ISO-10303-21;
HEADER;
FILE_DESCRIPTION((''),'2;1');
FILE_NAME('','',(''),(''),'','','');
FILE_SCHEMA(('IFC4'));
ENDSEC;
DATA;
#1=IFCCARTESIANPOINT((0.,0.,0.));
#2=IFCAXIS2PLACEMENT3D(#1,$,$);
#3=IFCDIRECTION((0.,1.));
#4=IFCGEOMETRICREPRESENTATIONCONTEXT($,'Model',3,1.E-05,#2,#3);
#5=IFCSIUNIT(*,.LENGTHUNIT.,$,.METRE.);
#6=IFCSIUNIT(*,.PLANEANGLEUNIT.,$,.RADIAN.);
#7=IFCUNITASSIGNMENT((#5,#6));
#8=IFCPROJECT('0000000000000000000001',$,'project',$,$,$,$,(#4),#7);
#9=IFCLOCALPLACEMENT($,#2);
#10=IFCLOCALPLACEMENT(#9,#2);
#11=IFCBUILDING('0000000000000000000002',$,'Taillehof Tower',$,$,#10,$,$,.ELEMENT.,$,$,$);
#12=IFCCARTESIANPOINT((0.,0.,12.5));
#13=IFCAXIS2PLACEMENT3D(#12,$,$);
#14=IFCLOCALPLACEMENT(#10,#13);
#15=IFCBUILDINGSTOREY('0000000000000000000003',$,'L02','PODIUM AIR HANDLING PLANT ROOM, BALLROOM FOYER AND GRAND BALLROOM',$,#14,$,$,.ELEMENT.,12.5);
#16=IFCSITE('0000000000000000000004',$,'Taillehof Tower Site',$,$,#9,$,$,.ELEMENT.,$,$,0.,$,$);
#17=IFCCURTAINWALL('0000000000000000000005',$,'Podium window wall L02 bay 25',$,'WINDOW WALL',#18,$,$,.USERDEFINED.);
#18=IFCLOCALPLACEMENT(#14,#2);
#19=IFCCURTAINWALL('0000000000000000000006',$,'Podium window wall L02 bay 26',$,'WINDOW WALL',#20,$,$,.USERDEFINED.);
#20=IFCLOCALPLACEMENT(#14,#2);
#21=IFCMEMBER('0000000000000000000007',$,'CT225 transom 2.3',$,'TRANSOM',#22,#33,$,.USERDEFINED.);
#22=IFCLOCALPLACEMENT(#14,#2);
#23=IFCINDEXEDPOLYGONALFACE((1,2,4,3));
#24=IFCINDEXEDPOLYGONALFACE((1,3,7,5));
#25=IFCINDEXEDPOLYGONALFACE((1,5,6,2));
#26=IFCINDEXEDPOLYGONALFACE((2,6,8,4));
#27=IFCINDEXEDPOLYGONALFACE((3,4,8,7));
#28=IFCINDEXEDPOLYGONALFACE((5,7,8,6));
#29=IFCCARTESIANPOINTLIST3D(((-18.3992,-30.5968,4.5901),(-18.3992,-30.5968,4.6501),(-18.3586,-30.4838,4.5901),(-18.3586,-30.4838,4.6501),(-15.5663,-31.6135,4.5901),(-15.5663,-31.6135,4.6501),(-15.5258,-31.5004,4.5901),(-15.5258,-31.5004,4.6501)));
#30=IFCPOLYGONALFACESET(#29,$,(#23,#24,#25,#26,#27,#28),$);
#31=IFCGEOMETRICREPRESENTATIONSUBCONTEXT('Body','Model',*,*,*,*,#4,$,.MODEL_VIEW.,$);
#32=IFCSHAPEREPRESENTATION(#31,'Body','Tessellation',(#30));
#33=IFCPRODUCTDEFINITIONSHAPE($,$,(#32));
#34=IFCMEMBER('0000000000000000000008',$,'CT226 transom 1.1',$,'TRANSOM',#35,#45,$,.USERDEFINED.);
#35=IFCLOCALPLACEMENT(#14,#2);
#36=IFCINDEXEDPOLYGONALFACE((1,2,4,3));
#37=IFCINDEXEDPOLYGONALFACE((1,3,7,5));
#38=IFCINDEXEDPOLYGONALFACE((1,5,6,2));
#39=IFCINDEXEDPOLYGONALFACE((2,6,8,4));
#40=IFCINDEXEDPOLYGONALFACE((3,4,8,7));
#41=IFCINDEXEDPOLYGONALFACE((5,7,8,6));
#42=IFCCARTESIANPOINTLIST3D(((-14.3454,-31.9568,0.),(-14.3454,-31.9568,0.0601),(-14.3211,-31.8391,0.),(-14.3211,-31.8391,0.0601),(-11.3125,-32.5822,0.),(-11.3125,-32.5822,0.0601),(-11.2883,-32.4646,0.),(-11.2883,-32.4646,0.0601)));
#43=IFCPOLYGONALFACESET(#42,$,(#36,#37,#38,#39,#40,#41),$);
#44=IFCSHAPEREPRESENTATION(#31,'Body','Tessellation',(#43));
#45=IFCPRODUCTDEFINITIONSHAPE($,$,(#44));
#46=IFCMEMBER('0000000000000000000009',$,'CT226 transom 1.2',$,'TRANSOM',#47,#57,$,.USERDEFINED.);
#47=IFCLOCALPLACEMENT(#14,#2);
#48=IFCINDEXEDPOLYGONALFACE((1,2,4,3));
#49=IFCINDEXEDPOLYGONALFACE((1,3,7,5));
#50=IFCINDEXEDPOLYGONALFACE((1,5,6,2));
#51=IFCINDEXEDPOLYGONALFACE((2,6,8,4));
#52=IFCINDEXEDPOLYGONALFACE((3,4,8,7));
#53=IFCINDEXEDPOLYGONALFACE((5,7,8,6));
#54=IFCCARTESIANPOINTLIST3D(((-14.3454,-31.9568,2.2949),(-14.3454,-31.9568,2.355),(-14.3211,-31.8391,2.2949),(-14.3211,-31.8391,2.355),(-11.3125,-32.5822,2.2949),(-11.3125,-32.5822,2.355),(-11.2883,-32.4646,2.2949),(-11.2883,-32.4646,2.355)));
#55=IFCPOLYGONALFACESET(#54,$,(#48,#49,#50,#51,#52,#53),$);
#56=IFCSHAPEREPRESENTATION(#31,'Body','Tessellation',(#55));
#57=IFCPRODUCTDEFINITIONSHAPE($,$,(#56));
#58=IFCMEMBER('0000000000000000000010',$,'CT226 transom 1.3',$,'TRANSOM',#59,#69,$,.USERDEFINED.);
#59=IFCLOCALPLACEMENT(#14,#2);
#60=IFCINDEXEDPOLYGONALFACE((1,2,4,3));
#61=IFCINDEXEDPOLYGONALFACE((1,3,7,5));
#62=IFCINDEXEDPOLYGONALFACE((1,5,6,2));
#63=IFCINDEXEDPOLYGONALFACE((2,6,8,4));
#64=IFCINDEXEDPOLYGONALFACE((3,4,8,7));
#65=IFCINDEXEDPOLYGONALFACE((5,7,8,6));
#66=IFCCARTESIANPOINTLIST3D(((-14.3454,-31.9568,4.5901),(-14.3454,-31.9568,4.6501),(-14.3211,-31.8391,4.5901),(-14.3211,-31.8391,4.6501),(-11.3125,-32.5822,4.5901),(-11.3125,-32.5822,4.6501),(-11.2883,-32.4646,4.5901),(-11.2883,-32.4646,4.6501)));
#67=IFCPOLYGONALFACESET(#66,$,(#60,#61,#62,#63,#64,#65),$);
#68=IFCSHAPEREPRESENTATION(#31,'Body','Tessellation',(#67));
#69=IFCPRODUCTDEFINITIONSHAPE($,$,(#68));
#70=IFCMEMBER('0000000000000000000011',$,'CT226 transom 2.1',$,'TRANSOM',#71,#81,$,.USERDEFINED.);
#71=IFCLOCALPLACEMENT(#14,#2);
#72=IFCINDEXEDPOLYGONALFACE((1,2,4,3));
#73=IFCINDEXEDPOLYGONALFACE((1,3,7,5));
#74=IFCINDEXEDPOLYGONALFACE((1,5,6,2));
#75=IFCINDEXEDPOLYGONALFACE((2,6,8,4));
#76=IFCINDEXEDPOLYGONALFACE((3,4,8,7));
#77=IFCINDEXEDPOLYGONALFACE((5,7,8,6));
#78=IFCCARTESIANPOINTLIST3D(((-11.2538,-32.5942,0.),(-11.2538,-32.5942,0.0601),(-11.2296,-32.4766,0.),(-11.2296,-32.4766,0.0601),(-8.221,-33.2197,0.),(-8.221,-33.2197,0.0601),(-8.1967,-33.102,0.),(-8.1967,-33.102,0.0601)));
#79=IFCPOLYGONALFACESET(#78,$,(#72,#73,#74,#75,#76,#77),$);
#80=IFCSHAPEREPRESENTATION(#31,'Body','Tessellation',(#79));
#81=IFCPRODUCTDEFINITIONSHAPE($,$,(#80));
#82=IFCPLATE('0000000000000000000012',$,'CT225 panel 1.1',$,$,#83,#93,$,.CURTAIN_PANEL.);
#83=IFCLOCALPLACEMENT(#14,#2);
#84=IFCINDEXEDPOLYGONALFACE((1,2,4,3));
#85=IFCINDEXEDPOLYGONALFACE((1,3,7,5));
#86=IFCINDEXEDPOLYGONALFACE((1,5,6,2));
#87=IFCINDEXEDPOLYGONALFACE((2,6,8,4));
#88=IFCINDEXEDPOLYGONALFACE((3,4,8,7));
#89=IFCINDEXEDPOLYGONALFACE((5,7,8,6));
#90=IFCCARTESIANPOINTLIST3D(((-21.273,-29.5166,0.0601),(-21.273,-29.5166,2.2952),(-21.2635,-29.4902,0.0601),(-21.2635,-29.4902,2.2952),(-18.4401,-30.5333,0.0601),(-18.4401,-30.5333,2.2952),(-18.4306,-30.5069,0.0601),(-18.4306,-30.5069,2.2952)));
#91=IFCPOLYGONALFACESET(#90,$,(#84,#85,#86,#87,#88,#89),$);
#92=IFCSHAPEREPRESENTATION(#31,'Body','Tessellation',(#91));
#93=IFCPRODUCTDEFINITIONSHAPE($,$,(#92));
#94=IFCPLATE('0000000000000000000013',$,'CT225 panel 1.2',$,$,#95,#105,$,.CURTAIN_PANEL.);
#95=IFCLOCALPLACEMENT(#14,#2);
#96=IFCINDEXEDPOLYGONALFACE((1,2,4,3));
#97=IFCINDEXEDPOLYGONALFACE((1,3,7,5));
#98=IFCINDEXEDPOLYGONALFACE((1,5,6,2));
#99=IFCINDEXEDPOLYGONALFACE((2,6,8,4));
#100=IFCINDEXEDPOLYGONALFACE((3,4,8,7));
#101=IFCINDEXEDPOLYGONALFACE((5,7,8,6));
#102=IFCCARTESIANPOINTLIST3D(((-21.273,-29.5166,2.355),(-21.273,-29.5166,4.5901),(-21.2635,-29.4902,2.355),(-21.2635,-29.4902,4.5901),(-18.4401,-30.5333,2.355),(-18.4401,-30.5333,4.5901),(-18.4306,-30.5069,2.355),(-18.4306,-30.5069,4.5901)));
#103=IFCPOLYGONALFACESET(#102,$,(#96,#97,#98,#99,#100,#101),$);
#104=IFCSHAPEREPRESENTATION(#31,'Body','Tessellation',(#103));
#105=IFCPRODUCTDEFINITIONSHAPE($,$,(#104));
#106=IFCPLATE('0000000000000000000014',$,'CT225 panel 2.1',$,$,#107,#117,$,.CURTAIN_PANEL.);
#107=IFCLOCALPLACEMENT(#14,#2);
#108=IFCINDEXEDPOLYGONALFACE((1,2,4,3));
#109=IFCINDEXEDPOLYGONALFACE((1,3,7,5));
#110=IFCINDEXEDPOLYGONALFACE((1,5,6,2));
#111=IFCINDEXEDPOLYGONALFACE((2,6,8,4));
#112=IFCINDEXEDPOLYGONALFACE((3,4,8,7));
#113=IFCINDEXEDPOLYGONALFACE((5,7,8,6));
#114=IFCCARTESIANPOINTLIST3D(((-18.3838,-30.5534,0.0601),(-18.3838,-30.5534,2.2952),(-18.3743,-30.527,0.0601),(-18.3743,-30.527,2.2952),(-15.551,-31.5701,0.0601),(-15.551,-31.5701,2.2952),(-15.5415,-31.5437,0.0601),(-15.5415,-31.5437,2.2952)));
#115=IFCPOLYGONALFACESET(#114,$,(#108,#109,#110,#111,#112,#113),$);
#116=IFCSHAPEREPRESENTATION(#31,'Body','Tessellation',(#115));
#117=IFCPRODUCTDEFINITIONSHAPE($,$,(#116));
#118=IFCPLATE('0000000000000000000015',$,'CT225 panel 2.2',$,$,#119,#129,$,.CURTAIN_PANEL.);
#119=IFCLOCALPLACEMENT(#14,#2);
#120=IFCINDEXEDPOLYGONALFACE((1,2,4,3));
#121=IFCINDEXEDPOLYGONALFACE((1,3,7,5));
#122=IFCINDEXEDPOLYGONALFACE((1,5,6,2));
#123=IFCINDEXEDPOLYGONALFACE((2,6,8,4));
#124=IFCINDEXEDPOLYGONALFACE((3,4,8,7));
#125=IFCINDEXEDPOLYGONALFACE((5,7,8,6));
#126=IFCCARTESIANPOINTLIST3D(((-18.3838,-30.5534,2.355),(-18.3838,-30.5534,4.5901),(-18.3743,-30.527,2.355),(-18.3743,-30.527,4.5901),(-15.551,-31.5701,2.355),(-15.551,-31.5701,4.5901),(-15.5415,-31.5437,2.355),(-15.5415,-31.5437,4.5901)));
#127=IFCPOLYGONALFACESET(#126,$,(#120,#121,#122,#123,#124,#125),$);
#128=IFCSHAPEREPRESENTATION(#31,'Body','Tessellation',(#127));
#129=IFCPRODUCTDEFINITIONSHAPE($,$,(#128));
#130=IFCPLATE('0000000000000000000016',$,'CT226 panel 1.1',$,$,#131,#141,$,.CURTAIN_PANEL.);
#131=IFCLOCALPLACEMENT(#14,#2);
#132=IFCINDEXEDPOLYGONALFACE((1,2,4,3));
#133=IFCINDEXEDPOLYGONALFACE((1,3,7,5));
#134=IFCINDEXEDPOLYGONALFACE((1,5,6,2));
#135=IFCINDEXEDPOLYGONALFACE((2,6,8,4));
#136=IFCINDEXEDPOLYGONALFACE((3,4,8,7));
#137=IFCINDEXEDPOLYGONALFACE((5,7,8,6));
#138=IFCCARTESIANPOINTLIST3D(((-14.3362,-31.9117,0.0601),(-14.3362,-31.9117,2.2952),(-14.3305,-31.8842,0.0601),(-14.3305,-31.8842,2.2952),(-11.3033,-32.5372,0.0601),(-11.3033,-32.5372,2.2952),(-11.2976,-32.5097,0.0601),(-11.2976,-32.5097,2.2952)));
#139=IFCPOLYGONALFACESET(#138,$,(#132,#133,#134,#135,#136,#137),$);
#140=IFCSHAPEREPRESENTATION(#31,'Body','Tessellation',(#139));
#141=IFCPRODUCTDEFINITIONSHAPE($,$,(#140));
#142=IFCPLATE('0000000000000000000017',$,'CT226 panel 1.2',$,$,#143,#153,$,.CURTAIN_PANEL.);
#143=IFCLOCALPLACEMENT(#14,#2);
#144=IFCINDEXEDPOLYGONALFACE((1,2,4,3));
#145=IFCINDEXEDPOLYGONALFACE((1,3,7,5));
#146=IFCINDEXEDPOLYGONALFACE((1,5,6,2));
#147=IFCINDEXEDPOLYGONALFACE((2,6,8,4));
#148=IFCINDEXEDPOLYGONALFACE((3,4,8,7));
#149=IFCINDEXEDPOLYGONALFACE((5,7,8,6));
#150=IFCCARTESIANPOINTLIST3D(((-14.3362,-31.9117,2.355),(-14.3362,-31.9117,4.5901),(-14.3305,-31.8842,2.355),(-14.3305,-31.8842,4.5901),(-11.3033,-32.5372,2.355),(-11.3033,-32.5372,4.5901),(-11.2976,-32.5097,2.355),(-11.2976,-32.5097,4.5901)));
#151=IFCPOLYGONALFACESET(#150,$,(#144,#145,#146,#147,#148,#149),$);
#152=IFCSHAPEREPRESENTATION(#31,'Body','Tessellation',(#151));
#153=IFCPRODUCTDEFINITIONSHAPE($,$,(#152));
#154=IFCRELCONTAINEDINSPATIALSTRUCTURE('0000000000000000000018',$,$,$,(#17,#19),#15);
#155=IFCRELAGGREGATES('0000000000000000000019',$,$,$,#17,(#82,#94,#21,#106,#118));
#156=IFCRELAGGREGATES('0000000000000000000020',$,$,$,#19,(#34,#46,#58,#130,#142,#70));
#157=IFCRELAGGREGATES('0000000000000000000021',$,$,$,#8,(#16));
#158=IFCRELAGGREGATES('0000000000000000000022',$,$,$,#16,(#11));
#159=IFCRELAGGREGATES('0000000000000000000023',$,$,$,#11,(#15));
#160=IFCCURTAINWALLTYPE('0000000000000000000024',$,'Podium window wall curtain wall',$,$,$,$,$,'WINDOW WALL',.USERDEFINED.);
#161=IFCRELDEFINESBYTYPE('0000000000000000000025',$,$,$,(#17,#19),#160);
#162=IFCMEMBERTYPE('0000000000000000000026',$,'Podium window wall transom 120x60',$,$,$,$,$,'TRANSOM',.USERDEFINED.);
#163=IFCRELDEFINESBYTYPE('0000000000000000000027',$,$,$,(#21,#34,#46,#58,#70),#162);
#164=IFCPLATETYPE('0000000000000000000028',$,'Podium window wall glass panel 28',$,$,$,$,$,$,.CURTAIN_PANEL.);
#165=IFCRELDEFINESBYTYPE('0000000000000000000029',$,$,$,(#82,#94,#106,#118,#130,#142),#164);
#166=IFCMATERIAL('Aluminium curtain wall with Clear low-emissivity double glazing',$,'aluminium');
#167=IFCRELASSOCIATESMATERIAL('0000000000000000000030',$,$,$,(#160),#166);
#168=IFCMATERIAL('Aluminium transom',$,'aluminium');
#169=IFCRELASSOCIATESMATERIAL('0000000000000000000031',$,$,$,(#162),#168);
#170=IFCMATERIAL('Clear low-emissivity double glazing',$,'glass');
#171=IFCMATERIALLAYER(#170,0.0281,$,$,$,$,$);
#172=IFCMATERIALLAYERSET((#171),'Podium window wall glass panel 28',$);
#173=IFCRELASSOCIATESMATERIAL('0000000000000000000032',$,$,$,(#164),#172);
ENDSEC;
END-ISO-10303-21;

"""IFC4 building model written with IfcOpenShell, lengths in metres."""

from ifc_helpers import new_model, si_unit, direction, frame, origin, origin_2d, place, context, subcontext, project, spatial, rectangle, extrude, material, layer, layer_set, material_profile, profile_set, type_object, element, aggregate, save


model = new_model("IFC4")

# Units and contexts
model_context = context("Model", 3, precision=1e-05, world=origin(), true_north=direction((0.0, 1.0)))
body_context = subcontext(model_context, "Body", "Model", "MODEL_VIEW")
ifc_project = project(units=[si_unit("LENGTHUNIT", "METRE"), si_unit("PLANEANGLEUNIT", "RADIAN")], contexts=[model_context])

# Site, building, storey
site_placement = place(None, origin())
site = spatial("IfcSite", under=ifc_project, at=site_placement, Name="Taillehof Tower Site", CompositionType="ELEMENT", RefElevation=0.0)
building_placement = place(site_placement, origin())
building = spatial("IfcBuilding", under=site, at=building_placement, Name="Taillehof Tower", CompositionType="ELEMENT")
storey_placement = place(building_placement, frame((0.0, 0.0, 12.5)))
storey = spatial("IfcBuildingStorey", under=building, at=storey_placement, Name="L02", Description="PODIUM AIR HANDLING PLANT ROOM, BALLROOM FOYER AND GRAND BALLROOM", CompositionType="ELEMENT", Elevation=12.5)

# Curtain walls
ifc_material_1 = material(Name="Aluminium curtain wall with Clear low-emissivity double glazing", Category="aluminium")
curtain_wall_type = type_object("IfcCurtainWallType", Name="Podium window wall curtain wall", ElementType="WINDOW WALL", PredefinedType="USERDEFINED", material=ifc_material_1)
curtain_wall_1_placement = place(storey_placement, origin())
curtain_wall_1 = element("IfcCurtainWall", 1, at=curtain_wall_1_placement, inside=storey, type_object=curtain_wall_type, Name="Podium window wall L02 bay 25", ObjectType="WINDOW WALL", PredefinedType="USERDEFINED")
curtain_wall_2_placement = place(storey_placement, origin())
curtain_wall_2 = element("IfcCurtainWall", 2, at=curtain_wall_2_placement, inside=storey, type_object=curtain_wall_type, Name="Podium window wall L02 bay 26", ObjectType="WINDOW WALL", PredefinedType="USERDEFINED")

# Members
ifc_material_2 = material(Name="Aluminium transom", Category="aluminium")
ifc_material_profile_1 = material_profile(ifc_material_2, rectangle(XDim=0.1201, YDim=0.0601, at=origin_2d()), Name="AL 120x60")
ifc_profile_set_1 = profile_set([ifc_material_profile_1], Name="Aluminium transom")
member_type_1 = type_object("IfcMemberType", Name="Podium window wall transom 120x60", ElementType="TRANSOM", PredefinedType="USERDEFINED", material=ifc_profile_set_1)
member_1_placement = place(storey_placement, frame((-18.3789, -30.5403, 4.6201), z_axis=(0.941225, -0.33778, 0.0), x_axis=(0.33778, 0.941225, 0.0)))
member_1 = element("IfcMember", 3, at=member_1_placement, type_object=member_type_1, Name="CT225 transom 2.3", ObjectType="TRANSOM", PredefinedType="USERDEFINED", context=body_context, shape_type="SweptSolid", body=[
    extrude(rectangle(XDim=0.1201, YDim=0.0601, at=origin_2d()), origin(), (0.0, 0.0, 1.0), 3.0098),
])
member_2_placement = place(storey_placement, frame((-14.3333, -31.8979, 0.03), z_axis=(0.97939, -0.20198, 0.0), x_axis=(0.20198, 0.97939, 0.0)))
member_2 = element("IfcMember", 4, at=member_2_placement, type_object=member_type_1, Name="CT226 transom 1.1", ObjectType="TRANSOM", PredefinedType="USERDEFINED", context=body_context, shape_type="SweptSolid", body=[
    extrude(rectangle(XDim=0.1201, YDim=0.0601, at=origin_2d()), origin(), (0.0, 0.0, 1.0), 3.0967),
])
member_3_placement = place(storey_placement, frame((-14.3333, -31.8979, 2.325), z_axis=(0.97939, -0.20198, 0.0), x_axis=(0.20198, 0.97939, 0.0)))
member_3 = element("IfcMember", 5, at=member_3_placement, type_object=member_type_1, Name="CT226 transom 1.2", ObjectType="TRANSOM", PredefinedType="USERDEFINED", context=body_context, shape_type="SweptSolid", body=[
    extrude(rectangle(XDim=0.1201, YDim=0.0601, at=origin_2d()), origin(), (0.0, 0.0, 1.0), 3.0967),
])
member_4_placement = place(storey_placement, frame((-14.3333, -31.8979, 4.6201), z_axis=(0.97939, -0.20198, 0.0), x_axis=(0.20198, 0.97939, 0.0)))
member_4 = element("IfcMember", 6, at=member_4_placement, type_object=member_type_1, Name="CT226 transom 1.3", ObjectType="TRANSOM", PredefinedType="USERDEFINED", context=body_context, shape_type="SweptSolid", body=[
    extrude(rectangle(XDim=0.1201, YDim=0.0601, at=origin_2d()), origin(), (0.0, 0.0, 1.0), 3.0967),
])
member_5_placement = place(storey_placement, frame((-11.2417, -32.5354, 0.03), z_axis=(0.97939, -0.20198, 0.0), x_axis=(0.20198, 0.97939, 0.0)))
member_5 = element("IfcMember", 7, at=member_5_placement, type_object=member_type_1, Name="CT226 transom 2.1", ObjectType="TRANSOM", PredefinedType="USERDEFINED", context=body_context, shape_type="SweptSolid", body=[
    extrude(rectangle(XDim=0.1201, YDim=0.0601, at=origin_2d()), origin(), (0.0, 0.0, 1.0), 3.0967),
])

# Plates
ifc_material_3 = material(Name="Clear low-emissivity double glazing", Category="glass")
ifc_layer_1 = layer(ifc_material_3, 0.0281)
ifc_layer_set_1 = layer_set([ifc_layer_1], Name="Podium window wall glass panel 28")
plate_type = type_object("IfcPlateType", Name="Podium window wall glass panel 28", PredefinedType="CURTAIN_PANEL", material=ifc_layer_set_1)
plate_1_placement = place(storey_placement, frame((-19.8518, -30.0117, 0.0601), z_axis=(0.0, 0.0, 1.0), x_axis=(0.941218, -0.337799, 0.0)))
plate_1 = element("IfcPlate", 8, at=plate_1_placement, type_object=plate_type, Name="CT225 panel 1.1", PredefinedType="CURTAIN_PANEL", context=body_context, shape_type="SweptSolid", body=[
    extrude(rectangle(XDim=3.0098, YDim=0.0281, at=origin_2d()), origin(), (0.0, 0.0, 1.0), 2.2351),
])
plate_2_placement = place(storey_placement, frame((-19.8518, -30.0117, 2.355), z_axis=(0.0, 0.0, 1.0), x_axis=(0.941218, -0.337799, 0.0)))
plate_2 = element("IfcPlate", 9, at=plate_2_placement, type_object=plate_type, Name="CT225 panel 1.2", PredefinedType="CURTAIN_PANEL", context=body_context, shape_type="SweptSolid", body=[
    extrude(rectangle(XDim=3.0098, YDim=0.0281, at=origin_2d()), origin(), (0.0, 0.0, 1.0), 2.2351),
])
plate_3_placement = place(storey_placement, frame((-16.9626, -31.0486, 0.0601), z_axis=(0.0, 0.0, 1.0), x_axis=(0.941218, -0.337799, 0.0)))
plate_3 = element("IfcPlate", 10, at=plate_3_placement, type_object=plate_type, Name="CT225 panel 2.1", PredefinedType="CURTAIN_PANEL", context=body_context, shape_type="SweptSolid", body=[
    extrude(rectangle(XDim=3.0098, YDim=0.0281, at=origin_2d()), origin(), (0.0, 0.0, 1.0), 2.2351),
])
plate_4_placement = place(storey_placement, frame((-16.9626, -31.0486, 2.355), z_axis=(0.0, 0.0, 1.0), x_axis=(0.941218, -0.337799, 0.0)))
plate_4 = element("IfcPlate", 11, at=plate_4_placement, type_object=plate_type, Name="CT225 panel 2.2", PredefinedType="CURTAIN_PANEL", context=body_context, shape_type="SweptSolid", body=[
    extrude(rectangle(XDim=3.0098, YDim=0.0281, at=origin_2d()), origin(), (0.0, 0.0, 1.0), 2.2351),
])
aggregate(curtain_wall_1, [plate_1, plate_2, member_1, plate_3, plate_4])
plate_5_placement = place(storey_placement, frame((-12.8169, -32.2107, 0.0601), z_axis=(0.0, 0.0, 1.0), x_axis=(0.97939, -0.201976, 0.0)))
plate_5 = element("IfcPlate", 12, at=plate_5_placement, type_object=plate_type, Name="CT226 panel 1.1", PredefinedType="CURTAIN_PANEL", context=body_context, shape_type="SweptSolid", body=[
    extrude(rectangle(XDim=3.0967, YDim=0.0281, at=origin_2d()), origin(), (0.0, 0.0, 1.0), 2.2351),
])
plate_6_placement = place(storey_placement, frame((-12.8169, -32.2107, 2.355), z_axis=(0.0, 0.0, 1.0), x_axis=(0.97939, -0.201976, 0.0)))
plate_6 = element("IfcPlate", 13, at=plate_6_placement, type_object=plate_type, Name="CT226 panel 1.2", PredefinedType="CURTAIN_PANEL", context=body_context, shape_type="SweptSolid", body=[
    extrude(rectangle(XDim=3.0967, YDim=0.0281, at=origin_2d()), origin(), (0.0, 0.0, 1.0), 2.2351),
])
aggregate(curtain_wall_2, [member_2, member_3, member_4, plate_5, plate_6, member_5])

save(model, "model.ifc")
